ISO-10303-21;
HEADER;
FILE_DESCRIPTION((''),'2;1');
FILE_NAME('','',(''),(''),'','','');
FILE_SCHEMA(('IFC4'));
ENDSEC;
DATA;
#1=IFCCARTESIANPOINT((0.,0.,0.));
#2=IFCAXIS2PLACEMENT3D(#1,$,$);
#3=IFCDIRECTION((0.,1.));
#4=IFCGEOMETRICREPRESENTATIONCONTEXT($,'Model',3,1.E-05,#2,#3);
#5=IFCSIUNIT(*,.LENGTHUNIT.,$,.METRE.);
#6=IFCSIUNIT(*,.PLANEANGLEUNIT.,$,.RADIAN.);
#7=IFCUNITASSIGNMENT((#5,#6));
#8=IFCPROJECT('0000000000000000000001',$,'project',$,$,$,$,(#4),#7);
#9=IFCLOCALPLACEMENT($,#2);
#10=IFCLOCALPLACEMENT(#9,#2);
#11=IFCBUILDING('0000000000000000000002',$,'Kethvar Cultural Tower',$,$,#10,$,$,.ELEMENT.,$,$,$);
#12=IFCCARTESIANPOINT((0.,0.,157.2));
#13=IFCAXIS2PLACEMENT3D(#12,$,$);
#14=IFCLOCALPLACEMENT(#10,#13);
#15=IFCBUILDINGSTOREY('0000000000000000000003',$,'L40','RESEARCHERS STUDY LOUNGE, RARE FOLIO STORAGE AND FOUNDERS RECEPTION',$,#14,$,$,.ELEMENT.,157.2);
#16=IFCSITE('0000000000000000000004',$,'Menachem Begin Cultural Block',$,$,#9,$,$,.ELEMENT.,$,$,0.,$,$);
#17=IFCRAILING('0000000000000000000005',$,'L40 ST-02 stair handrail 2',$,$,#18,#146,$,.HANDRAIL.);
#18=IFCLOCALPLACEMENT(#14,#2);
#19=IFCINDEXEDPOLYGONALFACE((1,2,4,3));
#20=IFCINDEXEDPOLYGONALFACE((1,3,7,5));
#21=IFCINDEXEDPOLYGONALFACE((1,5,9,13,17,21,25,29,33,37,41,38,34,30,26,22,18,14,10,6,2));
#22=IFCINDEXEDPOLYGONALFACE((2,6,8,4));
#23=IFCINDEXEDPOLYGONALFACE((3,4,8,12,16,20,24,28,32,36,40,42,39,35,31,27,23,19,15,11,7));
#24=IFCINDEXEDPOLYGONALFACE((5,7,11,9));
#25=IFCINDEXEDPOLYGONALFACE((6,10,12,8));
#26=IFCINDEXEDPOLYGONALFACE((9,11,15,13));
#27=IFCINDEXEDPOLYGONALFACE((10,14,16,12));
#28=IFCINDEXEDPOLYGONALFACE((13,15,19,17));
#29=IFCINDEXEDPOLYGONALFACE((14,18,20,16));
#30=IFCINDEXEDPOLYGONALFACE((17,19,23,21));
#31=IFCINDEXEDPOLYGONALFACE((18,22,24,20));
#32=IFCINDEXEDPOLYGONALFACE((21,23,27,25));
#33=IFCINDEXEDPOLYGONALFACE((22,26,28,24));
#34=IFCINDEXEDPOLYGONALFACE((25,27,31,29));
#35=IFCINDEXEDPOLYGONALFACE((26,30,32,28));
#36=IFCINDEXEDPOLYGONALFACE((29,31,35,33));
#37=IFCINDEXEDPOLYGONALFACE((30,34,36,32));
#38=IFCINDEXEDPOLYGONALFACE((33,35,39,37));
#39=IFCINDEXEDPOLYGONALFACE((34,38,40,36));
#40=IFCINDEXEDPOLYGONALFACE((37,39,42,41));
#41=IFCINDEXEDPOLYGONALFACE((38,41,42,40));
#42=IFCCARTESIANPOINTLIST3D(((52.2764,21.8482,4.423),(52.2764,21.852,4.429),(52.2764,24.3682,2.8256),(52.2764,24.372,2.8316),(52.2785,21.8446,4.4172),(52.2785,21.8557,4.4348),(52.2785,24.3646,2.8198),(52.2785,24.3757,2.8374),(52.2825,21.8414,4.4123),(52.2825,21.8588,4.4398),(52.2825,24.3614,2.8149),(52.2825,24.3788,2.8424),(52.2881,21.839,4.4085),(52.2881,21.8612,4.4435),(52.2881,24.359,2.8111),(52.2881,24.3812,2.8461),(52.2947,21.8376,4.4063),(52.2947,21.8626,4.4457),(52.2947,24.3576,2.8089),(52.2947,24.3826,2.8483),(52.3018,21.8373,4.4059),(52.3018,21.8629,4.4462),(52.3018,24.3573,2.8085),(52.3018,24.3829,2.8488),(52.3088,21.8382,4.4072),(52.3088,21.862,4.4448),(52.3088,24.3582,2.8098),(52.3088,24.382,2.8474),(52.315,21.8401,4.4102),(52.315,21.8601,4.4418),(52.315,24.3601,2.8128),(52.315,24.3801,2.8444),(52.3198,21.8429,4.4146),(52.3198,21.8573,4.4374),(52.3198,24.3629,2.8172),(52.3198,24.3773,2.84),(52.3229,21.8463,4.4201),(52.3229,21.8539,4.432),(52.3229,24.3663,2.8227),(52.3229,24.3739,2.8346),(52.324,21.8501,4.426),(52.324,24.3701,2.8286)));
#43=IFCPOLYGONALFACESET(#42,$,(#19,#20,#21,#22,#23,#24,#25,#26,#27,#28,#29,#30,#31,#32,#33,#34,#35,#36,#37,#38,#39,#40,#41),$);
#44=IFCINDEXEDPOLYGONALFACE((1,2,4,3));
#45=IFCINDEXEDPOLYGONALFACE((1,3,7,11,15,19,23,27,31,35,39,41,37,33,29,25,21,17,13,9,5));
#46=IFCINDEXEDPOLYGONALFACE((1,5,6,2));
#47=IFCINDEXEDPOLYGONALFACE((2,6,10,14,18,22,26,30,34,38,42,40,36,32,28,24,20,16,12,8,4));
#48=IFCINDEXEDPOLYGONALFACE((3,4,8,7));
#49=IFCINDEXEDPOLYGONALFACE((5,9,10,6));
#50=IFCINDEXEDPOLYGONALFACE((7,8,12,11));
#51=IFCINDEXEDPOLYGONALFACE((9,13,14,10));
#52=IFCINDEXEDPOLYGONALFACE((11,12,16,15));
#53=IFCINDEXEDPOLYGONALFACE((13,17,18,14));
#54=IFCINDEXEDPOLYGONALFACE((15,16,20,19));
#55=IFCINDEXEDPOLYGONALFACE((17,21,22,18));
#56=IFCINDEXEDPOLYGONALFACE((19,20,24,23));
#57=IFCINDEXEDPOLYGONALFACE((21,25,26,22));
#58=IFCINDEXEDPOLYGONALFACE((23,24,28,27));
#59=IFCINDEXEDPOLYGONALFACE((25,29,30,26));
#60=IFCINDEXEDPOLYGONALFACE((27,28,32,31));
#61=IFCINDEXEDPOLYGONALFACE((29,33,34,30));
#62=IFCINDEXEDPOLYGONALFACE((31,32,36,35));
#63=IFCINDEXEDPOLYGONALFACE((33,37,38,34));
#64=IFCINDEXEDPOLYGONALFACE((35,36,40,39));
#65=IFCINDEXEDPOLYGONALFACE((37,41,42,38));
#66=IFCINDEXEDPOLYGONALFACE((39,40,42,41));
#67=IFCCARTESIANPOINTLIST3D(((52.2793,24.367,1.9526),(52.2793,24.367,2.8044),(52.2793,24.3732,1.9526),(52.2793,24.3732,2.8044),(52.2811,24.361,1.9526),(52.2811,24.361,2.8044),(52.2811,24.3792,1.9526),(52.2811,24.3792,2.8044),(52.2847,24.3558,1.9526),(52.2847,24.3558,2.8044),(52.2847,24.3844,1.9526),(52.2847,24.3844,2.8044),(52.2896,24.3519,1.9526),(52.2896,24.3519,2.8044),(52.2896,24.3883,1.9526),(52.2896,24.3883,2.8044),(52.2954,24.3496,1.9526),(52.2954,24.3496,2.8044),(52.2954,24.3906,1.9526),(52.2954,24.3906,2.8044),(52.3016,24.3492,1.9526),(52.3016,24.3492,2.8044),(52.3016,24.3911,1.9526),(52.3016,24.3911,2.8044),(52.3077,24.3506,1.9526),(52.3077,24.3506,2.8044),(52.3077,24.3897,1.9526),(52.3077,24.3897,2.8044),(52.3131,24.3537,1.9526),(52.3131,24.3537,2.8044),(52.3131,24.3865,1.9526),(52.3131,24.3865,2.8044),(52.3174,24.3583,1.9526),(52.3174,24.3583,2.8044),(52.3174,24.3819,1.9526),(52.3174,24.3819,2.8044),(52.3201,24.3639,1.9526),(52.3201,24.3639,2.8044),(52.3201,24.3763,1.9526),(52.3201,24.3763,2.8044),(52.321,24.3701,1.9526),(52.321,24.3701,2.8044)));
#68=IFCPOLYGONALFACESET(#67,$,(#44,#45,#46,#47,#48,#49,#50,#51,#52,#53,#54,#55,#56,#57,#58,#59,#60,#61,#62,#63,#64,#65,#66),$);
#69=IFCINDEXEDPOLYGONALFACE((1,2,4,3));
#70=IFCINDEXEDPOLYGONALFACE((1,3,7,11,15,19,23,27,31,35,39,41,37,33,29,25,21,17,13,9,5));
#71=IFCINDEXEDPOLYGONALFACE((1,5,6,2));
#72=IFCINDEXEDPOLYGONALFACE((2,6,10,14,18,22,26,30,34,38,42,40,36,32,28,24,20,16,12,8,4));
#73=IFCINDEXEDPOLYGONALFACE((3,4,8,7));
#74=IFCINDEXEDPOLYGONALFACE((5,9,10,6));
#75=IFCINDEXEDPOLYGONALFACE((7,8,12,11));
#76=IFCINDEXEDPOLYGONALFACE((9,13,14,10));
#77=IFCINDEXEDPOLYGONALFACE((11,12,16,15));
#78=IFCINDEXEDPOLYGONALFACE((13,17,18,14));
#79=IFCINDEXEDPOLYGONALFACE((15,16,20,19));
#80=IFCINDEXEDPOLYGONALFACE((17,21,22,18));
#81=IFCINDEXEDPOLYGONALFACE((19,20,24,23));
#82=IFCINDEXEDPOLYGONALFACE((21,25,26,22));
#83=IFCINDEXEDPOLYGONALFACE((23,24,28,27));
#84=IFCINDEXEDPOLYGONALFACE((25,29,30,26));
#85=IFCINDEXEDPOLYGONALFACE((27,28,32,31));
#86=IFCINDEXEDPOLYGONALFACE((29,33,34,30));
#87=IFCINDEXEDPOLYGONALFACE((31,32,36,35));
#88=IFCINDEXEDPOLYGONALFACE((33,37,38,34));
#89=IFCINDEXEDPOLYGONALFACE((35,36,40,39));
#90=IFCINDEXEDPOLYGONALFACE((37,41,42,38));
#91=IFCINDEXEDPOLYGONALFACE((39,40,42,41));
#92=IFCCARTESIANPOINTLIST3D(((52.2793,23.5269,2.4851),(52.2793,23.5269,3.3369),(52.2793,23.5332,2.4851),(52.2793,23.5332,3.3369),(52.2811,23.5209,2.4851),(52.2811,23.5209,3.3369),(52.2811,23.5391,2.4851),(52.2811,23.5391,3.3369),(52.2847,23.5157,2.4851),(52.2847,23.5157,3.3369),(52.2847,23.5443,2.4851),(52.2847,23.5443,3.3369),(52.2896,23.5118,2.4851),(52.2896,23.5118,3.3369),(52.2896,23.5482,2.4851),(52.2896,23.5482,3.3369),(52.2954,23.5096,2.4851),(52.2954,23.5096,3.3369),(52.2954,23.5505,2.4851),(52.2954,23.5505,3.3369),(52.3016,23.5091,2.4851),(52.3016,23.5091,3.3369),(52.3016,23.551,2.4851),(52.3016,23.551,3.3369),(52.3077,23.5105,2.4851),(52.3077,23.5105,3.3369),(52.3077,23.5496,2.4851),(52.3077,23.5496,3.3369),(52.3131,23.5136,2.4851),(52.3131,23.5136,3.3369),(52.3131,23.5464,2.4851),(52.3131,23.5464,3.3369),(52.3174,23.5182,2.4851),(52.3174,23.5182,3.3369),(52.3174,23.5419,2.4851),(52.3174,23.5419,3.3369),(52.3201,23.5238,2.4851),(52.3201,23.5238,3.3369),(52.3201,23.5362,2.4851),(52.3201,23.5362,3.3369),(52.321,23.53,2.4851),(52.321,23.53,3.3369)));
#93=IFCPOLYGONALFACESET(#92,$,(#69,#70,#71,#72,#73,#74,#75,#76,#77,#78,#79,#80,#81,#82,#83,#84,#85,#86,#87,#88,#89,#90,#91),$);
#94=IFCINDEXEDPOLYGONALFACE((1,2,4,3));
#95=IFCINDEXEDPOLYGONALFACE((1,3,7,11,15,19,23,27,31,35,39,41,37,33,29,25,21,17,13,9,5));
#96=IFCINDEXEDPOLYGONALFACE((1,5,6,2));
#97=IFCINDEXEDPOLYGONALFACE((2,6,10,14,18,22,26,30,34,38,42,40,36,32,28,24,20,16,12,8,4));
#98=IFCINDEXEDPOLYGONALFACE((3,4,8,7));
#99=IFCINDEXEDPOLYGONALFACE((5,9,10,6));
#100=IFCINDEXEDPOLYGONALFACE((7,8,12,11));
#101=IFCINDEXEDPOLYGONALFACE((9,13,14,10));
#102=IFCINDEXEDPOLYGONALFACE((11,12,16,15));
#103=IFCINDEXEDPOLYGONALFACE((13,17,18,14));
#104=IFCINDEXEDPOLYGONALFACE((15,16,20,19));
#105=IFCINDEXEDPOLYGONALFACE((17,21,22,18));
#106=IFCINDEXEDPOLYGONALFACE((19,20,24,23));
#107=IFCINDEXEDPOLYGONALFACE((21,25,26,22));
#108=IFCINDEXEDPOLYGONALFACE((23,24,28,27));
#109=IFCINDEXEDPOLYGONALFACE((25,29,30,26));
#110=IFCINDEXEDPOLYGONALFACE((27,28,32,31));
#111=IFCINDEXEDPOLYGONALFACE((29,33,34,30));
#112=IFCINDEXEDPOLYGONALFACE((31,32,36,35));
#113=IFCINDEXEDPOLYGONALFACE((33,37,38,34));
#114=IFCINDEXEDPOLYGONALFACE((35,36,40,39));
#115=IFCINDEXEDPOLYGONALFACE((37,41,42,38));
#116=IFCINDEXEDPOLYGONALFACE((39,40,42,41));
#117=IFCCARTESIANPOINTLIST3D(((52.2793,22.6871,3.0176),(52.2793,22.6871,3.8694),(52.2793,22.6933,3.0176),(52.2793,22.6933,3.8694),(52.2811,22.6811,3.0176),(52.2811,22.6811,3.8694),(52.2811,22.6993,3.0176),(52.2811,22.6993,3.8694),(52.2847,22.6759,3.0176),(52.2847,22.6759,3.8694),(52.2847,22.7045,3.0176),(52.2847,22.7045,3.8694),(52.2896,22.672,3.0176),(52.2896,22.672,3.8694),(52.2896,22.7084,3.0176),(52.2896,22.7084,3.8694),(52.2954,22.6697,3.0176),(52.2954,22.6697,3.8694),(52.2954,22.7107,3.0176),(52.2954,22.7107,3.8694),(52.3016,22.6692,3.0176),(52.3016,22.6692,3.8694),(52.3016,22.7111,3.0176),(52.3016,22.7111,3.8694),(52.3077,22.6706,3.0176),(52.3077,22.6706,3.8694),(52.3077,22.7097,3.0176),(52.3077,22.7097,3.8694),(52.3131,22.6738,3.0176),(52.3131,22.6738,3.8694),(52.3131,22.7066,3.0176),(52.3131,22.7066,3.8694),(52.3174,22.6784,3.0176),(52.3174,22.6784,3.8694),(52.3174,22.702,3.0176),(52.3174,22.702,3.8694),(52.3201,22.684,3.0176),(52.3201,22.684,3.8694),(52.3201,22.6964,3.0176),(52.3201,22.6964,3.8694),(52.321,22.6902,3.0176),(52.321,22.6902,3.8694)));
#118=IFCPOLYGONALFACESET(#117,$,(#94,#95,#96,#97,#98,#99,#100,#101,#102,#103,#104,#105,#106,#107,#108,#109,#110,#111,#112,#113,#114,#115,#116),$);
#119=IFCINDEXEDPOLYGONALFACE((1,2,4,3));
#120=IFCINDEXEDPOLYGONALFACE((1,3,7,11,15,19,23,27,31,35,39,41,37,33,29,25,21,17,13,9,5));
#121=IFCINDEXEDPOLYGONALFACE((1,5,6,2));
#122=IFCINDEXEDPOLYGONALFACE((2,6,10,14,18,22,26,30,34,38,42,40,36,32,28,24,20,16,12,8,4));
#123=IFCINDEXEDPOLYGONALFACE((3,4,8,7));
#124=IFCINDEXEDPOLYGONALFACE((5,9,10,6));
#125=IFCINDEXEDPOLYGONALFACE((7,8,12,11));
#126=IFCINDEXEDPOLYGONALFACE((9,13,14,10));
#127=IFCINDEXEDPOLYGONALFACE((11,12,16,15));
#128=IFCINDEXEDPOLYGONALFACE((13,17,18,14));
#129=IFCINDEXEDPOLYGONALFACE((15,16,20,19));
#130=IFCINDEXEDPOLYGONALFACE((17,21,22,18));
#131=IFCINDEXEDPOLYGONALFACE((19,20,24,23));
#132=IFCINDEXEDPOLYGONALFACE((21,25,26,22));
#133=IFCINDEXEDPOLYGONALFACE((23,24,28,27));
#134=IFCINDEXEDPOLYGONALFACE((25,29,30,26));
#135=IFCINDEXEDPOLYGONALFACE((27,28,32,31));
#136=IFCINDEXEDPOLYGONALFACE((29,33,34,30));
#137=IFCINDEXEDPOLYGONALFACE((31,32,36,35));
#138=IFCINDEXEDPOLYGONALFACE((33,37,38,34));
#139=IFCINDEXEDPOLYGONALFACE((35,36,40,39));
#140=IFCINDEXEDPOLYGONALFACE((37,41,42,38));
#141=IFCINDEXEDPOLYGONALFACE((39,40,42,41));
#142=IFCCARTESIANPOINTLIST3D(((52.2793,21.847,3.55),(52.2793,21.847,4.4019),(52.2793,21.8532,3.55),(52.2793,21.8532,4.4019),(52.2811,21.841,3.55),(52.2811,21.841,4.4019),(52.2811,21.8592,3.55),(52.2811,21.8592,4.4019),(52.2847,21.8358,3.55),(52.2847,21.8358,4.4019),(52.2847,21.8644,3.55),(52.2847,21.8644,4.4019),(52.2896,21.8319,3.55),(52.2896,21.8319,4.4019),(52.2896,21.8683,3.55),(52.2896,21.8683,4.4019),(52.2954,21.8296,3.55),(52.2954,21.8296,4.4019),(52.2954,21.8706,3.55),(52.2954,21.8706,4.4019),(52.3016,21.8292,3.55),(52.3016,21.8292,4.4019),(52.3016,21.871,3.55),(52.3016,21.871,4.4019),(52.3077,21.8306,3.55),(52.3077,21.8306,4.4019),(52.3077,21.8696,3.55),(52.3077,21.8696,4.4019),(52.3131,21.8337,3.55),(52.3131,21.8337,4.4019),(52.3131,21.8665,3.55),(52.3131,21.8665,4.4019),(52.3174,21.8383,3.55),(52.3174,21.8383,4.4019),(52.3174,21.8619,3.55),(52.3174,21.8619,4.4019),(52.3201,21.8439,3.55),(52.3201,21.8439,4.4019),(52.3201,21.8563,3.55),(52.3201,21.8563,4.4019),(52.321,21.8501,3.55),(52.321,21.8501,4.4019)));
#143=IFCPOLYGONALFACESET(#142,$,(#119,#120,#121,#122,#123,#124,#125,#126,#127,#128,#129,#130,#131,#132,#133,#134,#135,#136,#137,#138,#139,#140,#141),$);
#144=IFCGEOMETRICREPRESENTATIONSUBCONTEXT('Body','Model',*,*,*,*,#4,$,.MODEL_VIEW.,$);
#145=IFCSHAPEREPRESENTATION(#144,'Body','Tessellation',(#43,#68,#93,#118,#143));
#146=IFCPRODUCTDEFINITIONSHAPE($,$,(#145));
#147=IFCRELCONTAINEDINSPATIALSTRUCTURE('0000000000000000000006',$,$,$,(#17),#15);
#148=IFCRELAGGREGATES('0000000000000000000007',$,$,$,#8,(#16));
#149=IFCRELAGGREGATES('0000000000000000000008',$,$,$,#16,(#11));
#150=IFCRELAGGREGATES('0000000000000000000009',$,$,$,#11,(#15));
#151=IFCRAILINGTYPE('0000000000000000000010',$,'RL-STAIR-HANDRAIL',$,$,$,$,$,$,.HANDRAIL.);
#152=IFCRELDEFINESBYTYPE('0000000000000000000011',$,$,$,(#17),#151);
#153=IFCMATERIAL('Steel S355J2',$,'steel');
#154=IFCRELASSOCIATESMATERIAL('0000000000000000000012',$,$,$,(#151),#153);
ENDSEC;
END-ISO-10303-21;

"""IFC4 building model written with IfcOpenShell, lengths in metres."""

from ifc_helpers import new_model, si_unit, direction, frame, origin, origin_2d, place, context, subcontext, project, spatial, circle, extrude, material, type_object, element, save


model = new_model("IFC4")

# Units and contexts
model_context = context("Model", 3, precision=1e-05, world=origin(), true_north=direction((0.0, 1.0)))
body_context = subcontext(model_context, "Body", "Model", "MODEL_VIEW")
ifc_project = project(units=[si_unit("LENGTHUNIT", "METRE"), si_unit("PLANEANGLEUNIT", "RADIAN")], contexts=[model_context])

# Site, building, storey
site_placement = place(None, origin())
site = spatial("IfcSite", under=ifc_project, at=site_placement, Name="Menachem Begin Cultural Block", CompositionType="ELEMENT", RefElevation=0.0)
building_placement = place(site_placement, origin())
building = spatial("IfcBuilding", under=site, at=building_placement, Name="Kethvar Cultural Tower", CompositionType="ELEMENT")
storey_placement = place(building_placement, frame((0.0, 0.0, 157.2)))
storey = spatial("IfcBuildingStorey", under=building, at=storey_placement, Name="L40", Description="RESEARCHERS STUDY LOUNGE, RARE FOLIO STORAGE AND FOUNDERS RECEPTION", CompositionType="ELEMENT", Elevation=157.2)

# Shared definitions
ifc_material_1 = material(Name="Steel S355J2", Category="steel")

# Railing
railing_type_1 = type_object("IfcRailingType", Name="RL-STAIR-HANDRAIL", PredefinedType="HANDRAIL", material=ifc_material_1)
railing_1_placement = place(storey_placement, frame((52.3, 24.3701, 1.9526)))
element("IfcRailing", 1, at=railing_1_placement, inside=storey, type_object=railing_type_1, Name="L40 ST-02 stair handrail 2", PredefinedType="HANDRAIL", context=body_context, shape_type="SweptSolid", body=[
    extrude(circle(Radius=0.0239, at=origin_2d()), frame((0.0, 0.0, 0.876), z_axis=(0.0, -0.844607, 0.535387), x_axis=(1.0, 0.0, 0.0)), (0.0, 0.0, 1.0), 2.9836),
    extrude(circle(Radius=0.021, at=origin_2d()), origin(), (0.0, 0.0, 1.0), 0.8518),
    extrude(circle(Radius=0.021, at=origin_2d()), frame((0.0, -0.8401, 0.5325)), (0.0, 0.0, 1.0), 0.8518),
    extrude(circle(Radius=0.021, at=origin_2d()), frame((0.0, -1.6799, 1.0649)), (0.0, 0.0, 1.0), 0.8518),
    extrude(circle(Radius=0.021, at=origin_2d()), frame((0.0, -2.52, 1.5974)), (0.0, 0.0, 1.0), 0.8518),
])

save(model, "model.ifc")
